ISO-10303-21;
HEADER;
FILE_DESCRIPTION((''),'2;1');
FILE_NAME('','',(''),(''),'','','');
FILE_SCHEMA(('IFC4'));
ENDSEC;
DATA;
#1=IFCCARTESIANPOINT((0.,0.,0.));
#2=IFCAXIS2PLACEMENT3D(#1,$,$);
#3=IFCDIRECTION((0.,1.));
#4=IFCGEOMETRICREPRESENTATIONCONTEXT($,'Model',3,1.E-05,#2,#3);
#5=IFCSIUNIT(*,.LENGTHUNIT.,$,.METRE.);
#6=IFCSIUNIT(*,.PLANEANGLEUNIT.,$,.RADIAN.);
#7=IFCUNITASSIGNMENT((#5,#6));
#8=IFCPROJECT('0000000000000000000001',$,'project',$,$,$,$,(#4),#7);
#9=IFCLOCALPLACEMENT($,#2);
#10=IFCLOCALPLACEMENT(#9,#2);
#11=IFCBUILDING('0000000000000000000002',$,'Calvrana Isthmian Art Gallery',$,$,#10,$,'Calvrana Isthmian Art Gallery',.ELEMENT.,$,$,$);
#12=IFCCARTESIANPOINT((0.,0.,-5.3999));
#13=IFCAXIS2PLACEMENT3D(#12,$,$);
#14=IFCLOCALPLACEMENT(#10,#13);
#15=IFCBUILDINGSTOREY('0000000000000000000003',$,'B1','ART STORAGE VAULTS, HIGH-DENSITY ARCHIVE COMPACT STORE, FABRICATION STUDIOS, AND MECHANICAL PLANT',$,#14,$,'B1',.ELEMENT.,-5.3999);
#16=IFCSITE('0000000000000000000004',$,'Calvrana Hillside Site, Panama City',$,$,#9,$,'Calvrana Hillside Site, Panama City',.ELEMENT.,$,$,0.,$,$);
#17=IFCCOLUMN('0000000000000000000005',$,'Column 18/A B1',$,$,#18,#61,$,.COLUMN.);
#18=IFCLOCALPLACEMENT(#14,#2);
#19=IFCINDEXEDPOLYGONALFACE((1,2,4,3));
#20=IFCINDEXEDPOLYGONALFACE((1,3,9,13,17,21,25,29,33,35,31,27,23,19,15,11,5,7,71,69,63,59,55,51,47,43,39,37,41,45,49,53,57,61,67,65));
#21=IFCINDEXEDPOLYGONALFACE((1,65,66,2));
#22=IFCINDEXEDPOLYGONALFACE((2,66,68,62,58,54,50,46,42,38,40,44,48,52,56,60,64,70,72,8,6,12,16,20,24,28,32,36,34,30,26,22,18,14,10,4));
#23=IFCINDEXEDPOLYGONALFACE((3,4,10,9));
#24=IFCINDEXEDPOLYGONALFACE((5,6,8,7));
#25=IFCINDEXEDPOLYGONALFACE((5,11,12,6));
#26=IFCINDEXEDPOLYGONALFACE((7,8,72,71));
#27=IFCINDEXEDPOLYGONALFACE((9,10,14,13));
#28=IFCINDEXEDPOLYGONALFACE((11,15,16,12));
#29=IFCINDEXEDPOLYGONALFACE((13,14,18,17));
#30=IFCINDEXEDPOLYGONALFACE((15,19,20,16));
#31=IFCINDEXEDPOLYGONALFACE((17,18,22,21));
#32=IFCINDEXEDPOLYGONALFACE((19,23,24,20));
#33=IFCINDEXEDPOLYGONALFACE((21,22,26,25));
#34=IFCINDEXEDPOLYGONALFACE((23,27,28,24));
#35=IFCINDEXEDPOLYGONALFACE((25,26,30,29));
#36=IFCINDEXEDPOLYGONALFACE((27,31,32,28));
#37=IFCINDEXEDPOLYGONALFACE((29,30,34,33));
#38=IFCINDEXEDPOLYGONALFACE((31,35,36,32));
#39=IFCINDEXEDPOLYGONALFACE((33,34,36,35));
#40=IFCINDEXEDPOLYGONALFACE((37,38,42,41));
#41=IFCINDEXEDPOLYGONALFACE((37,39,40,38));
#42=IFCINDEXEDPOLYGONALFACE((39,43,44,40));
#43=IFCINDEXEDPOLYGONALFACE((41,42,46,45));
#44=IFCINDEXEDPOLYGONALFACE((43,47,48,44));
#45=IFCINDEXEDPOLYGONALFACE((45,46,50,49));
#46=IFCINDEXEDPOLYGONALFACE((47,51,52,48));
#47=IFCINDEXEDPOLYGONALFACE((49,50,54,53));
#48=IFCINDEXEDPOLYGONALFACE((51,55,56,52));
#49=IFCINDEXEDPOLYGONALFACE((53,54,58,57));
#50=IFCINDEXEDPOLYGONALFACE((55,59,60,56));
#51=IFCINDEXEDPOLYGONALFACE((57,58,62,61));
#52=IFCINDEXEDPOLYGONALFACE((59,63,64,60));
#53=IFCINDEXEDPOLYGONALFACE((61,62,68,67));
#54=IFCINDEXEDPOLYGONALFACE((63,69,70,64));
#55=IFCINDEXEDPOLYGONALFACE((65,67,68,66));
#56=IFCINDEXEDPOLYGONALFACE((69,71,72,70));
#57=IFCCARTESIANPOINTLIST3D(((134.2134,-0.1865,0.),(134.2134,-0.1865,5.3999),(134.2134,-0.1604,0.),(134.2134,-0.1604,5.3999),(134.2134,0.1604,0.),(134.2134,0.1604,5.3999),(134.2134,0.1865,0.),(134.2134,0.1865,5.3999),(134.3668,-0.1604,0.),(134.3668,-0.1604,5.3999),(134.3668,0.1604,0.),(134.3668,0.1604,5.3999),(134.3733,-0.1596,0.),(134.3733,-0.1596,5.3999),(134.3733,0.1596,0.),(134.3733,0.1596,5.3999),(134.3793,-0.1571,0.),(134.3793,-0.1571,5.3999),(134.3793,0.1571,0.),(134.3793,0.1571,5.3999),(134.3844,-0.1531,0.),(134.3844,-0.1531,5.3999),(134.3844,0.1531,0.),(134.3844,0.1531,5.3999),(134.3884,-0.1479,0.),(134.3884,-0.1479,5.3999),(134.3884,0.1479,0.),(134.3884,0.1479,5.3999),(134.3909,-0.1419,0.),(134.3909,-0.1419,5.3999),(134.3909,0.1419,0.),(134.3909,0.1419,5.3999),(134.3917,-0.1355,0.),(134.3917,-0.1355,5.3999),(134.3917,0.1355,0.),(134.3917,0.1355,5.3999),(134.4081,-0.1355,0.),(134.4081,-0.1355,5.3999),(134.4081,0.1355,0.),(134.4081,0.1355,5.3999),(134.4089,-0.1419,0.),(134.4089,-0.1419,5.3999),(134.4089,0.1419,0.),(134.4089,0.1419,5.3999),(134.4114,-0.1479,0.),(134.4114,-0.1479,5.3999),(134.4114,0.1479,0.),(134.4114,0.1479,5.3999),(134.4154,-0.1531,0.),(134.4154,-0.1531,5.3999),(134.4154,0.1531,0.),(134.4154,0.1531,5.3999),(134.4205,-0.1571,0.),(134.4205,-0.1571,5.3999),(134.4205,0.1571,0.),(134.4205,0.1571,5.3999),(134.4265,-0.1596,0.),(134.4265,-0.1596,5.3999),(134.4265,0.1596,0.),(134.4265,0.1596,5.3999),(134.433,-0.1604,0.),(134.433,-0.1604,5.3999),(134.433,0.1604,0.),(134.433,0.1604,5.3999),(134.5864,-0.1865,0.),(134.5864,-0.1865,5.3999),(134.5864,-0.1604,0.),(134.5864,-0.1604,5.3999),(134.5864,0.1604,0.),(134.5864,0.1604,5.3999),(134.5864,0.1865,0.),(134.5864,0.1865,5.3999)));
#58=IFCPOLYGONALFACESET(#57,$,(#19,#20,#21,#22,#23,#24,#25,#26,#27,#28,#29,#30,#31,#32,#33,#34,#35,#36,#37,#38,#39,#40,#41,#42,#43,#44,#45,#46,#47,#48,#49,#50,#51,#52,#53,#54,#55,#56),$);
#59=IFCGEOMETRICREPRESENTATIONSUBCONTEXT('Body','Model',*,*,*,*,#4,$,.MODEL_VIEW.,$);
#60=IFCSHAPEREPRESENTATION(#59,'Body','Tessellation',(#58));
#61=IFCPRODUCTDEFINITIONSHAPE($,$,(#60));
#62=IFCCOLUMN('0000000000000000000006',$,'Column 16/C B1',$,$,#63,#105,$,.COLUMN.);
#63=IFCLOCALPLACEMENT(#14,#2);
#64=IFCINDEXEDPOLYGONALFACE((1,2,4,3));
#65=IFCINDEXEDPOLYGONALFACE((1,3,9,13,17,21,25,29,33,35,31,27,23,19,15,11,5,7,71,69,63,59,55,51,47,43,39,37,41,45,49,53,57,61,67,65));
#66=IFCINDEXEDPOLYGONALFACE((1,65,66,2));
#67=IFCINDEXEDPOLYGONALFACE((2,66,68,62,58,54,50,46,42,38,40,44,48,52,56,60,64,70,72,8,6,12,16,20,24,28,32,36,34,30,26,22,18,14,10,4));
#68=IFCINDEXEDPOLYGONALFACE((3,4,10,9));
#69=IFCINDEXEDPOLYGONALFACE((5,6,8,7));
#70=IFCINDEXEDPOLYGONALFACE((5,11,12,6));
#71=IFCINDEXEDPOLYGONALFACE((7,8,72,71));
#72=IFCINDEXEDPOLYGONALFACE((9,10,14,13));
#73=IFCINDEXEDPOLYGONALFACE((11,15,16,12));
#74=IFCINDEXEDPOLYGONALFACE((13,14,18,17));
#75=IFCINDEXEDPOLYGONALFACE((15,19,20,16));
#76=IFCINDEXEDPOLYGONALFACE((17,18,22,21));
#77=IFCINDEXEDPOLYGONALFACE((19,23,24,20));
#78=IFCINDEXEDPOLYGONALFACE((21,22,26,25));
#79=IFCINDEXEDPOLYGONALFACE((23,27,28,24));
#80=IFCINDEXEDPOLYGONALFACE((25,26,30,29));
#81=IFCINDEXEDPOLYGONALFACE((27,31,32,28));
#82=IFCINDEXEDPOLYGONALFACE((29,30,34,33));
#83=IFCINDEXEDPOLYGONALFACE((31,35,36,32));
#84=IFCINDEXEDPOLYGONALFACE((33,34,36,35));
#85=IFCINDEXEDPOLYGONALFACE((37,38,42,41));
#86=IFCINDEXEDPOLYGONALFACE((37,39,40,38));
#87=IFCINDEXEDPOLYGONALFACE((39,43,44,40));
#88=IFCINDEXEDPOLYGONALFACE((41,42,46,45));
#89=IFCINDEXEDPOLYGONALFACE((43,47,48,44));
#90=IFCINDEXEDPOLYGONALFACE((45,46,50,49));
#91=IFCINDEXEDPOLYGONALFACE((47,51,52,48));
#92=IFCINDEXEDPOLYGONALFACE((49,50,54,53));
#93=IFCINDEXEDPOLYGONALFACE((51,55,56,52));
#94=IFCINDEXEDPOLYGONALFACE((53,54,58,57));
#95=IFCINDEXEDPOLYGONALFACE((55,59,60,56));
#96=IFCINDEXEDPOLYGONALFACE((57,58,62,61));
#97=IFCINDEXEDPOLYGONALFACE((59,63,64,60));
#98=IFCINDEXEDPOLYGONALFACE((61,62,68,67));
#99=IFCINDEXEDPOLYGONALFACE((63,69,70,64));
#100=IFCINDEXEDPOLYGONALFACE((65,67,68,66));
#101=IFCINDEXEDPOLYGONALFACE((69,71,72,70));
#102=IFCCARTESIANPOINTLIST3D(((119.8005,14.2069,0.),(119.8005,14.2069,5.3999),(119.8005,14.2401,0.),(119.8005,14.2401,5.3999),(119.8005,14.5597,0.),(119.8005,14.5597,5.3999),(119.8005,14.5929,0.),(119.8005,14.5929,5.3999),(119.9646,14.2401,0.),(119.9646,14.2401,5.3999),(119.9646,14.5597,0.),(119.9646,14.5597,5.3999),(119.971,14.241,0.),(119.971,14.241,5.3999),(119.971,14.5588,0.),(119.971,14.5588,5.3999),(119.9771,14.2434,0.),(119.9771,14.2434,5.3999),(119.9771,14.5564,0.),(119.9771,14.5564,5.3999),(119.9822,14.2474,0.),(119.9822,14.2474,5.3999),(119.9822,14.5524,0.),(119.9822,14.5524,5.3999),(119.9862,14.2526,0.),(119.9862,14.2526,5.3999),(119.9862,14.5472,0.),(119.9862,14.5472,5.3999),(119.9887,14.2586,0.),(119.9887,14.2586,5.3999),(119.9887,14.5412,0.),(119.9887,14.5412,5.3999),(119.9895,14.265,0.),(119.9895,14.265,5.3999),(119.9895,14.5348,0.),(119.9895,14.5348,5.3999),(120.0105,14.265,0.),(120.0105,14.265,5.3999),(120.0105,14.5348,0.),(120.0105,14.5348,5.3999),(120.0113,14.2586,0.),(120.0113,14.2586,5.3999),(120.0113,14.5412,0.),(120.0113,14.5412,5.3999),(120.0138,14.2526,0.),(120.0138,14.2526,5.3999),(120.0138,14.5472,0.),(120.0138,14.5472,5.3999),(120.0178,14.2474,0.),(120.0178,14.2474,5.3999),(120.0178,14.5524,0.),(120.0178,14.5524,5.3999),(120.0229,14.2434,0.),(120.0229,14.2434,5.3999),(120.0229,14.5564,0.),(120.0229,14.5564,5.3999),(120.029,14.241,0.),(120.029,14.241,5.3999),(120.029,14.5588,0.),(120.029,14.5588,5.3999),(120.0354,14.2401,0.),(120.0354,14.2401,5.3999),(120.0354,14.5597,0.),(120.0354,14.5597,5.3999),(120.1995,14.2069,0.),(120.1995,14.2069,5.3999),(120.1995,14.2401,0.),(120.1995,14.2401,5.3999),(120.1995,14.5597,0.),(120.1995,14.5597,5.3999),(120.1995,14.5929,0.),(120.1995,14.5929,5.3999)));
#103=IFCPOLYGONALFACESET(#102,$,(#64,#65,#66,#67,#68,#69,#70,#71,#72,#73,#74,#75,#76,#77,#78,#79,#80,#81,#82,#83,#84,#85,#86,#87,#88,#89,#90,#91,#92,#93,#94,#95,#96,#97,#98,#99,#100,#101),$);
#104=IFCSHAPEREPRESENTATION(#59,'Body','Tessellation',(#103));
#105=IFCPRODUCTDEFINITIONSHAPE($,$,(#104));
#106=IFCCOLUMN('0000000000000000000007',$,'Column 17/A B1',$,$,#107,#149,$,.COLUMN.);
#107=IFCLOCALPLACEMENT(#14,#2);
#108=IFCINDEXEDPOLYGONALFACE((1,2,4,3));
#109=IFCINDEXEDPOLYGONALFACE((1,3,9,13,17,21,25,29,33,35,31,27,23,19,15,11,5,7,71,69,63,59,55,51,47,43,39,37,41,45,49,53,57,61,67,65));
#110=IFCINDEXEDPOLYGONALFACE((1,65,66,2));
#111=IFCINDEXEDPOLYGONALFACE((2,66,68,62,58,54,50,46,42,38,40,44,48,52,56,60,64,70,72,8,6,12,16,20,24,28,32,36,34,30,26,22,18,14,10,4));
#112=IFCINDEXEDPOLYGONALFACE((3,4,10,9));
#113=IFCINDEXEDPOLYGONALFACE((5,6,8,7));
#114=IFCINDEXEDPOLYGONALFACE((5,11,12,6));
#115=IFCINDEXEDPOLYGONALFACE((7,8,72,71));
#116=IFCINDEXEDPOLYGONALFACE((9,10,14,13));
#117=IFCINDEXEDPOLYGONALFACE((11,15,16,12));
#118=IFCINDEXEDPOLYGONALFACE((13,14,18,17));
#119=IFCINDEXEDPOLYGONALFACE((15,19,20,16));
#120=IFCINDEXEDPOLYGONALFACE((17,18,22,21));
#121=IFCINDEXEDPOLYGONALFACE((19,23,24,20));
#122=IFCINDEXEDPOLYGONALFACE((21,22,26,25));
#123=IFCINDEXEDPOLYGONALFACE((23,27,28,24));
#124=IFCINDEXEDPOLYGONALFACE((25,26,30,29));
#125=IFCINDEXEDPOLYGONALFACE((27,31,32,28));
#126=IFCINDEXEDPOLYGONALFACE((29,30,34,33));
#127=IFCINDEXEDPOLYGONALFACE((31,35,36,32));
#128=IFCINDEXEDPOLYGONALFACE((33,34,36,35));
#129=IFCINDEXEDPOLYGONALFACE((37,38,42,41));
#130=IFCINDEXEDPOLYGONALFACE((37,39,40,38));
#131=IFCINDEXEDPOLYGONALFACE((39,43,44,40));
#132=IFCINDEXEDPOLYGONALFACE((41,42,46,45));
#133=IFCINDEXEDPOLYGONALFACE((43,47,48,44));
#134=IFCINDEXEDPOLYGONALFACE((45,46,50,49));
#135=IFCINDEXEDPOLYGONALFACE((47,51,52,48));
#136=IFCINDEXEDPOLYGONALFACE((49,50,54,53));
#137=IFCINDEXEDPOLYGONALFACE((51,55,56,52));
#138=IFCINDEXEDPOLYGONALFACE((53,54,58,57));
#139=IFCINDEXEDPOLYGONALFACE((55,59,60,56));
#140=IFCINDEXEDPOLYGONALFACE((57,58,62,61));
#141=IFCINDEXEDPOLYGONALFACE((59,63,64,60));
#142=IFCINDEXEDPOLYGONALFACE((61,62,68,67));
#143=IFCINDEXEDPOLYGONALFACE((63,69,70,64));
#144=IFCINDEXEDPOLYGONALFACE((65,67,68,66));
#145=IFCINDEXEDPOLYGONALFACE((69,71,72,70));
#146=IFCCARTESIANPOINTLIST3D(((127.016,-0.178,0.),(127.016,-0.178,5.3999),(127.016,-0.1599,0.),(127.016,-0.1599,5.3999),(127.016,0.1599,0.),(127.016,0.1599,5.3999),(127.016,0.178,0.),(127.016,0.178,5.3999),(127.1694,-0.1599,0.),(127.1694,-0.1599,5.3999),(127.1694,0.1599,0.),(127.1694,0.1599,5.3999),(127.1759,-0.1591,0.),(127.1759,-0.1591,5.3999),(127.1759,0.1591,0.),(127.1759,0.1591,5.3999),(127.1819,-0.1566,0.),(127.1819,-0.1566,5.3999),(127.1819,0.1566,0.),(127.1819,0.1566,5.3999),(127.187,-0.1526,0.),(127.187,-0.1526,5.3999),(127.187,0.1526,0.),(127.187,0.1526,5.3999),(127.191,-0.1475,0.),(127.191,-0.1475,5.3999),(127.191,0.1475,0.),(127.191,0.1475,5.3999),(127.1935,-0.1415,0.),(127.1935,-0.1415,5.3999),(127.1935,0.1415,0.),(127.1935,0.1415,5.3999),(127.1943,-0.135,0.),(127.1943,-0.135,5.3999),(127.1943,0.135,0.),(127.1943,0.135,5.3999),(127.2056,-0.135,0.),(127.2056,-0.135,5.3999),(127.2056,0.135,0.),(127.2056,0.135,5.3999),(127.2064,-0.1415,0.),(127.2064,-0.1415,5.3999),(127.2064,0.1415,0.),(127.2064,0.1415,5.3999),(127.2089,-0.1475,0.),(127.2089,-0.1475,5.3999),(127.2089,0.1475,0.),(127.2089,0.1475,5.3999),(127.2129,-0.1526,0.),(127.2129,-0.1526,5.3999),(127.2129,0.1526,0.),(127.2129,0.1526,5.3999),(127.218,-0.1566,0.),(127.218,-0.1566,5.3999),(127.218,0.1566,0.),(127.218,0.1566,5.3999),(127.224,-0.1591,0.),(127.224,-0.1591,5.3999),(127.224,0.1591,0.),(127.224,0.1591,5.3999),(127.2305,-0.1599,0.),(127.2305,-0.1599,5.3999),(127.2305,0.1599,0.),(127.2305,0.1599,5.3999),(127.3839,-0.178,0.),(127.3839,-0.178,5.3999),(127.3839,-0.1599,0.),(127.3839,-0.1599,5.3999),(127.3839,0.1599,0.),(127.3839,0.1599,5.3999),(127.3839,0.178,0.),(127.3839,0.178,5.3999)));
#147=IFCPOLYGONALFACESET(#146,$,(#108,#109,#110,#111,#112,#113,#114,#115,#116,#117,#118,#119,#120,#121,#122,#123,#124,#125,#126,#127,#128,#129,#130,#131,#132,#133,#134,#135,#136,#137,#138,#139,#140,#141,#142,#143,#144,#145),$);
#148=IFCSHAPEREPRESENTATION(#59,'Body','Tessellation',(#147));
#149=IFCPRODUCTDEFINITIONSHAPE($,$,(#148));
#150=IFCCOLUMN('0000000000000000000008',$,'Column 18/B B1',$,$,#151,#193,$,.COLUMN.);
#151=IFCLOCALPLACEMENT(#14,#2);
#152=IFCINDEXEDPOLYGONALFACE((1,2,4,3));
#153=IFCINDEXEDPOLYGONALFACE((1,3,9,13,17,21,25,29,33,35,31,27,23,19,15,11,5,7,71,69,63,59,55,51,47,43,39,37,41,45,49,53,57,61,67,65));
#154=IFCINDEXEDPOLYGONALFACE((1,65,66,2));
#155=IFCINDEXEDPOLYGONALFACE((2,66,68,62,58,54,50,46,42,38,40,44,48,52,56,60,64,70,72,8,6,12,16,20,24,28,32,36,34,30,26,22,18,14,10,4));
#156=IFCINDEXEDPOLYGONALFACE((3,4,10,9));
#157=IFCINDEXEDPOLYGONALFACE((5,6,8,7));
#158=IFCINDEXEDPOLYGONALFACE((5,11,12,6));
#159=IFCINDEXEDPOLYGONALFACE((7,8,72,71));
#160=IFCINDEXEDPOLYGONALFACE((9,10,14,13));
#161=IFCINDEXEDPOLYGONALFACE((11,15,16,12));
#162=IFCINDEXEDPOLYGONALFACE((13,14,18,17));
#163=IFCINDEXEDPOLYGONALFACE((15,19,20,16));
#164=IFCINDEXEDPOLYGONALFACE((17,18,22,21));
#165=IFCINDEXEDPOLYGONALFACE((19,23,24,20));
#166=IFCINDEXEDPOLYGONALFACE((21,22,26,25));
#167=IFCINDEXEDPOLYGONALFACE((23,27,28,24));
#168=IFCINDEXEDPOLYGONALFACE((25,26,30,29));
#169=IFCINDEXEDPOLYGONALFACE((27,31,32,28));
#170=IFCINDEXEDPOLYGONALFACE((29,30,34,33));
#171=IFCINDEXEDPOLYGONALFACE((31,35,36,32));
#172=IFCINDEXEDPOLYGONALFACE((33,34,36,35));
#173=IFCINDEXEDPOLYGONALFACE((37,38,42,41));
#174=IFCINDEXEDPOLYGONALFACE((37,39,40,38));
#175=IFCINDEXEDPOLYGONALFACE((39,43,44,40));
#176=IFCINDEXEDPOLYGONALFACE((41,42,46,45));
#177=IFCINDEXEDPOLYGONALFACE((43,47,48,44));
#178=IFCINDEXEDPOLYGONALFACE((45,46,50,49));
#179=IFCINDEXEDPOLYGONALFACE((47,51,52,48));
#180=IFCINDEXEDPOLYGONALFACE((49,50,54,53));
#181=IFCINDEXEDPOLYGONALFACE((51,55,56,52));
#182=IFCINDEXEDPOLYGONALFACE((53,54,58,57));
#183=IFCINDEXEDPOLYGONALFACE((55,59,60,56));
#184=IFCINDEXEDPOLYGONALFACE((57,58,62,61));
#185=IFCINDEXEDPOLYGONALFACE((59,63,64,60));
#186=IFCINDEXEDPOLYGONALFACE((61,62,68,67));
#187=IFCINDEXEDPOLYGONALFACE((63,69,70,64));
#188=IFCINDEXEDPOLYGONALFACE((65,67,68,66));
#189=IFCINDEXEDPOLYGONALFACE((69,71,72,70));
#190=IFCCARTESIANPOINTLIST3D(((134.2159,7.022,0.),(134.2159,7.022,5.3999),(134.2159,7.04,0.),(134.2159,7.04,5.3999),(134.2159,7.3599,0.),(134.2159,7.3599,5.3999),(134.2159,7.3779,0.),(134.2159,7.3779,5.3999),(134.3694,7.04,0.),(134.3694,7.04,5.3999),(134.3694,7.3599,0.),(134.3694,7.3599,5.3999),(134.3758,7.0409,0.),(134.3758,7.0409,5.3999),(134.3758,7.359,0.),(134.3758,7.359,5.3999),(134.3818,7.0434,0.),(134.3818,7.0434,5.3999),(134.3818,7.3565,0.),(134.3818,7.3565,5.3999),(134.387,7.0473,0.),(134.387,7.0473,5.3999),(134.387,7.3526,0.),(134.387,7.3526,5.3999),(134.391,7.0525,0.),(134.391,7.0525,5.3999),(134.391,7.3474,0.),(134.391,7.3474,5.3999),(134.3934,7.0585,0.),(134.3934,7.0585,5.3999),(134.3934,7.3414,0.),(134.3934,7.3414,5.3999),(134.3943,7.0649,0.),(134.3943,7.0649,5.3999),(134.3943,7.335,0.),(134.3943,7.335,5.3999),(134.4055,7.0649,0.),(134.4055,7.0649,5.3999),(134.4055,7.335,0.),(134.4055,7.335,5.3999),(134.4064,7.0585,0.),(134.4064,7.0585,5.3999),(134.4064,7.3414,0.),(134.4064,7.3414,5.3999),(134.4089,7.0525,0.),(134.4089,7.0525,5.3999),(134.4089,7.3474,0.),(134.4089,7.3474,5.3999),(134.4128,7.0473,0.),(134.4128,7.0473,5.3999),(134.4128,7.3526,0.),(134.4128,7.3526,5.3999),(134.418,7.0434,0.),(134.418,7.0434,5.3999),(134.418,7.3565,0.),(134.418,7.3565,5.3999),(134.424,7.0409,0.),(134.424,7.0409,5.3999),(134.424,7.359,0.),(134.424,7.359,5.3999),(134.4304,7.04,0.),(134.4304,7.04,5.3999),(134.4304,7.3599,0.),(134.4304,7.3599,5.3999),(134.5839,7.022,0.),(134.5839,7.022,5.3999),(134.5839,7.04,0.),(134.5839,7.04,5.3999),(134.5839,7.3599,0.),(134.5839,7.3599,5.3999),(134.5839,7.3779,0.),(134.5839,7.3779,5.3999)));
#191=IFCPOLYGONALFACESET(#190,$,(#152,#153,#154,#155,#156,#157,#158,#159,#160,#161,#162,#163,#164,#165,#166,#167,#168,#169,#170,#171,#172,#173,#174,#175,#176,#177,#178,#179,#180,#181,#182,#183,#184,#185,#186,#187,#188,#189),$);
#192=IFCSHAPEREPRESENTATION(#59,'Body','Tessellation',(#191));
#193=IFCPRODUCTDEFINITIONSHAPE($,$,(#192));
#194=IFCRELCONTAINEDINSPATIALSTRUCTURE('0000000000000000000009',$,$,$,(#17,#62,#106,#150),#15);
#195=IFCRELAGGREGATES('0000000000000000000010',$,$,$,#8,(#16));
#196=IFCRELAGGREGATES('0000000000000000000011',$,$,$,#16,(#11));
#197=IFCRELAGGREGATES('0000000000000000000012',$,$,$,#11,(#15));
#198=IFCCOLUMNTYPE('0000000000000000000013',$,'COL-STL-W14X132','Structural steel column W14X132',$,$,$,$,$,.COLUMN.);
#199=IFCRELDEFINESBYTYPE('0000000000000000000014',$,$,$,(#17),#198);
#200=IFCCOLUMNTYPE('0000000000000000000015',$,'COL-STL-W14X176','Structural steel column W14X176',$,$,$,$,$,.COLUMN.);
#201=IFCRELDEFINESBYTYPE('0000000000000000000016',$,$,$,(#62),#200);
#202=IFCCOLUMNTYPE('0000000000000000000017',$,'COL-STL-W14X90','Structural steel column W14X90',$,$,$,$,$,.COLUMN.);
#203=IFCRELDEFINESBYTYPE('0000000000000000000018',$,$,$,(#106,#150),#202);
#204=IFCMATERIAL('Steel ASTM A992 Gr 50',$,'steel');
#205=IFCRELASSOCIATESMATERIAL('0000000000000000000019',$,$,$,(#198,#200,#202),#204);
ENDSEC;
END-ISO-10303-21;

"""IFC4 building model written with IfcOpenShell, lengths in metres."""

from ifc_helpers import new_model, si_unit, direction, frame, origin, origin_2d, place, context, subcontext, project, spatial, i_section, extrude, material, material_profile, profile_set, type_object, element, save


model = new_model("IFC4")

# Units and contexts
model_context = context("Model", 3, precision=1e-05, world=origin(), true_north=direction((0.0, 1.0)))
body_context = subcontext(model_context, "Body", "Model", "MODEL_VIEW")
ifc_project = project(units=[si_unit("LENGTHUNIT", "METRE"), si_unit("PLANEANGLEUNIT", "RADIAN")], contexts=[model_context])

# Site, building, storey
site_placement = place(None, origin())
site = spatial("IfcSite", under=ifc_project, at=site_placement, Name="Calvrana Hillside Site, Panama City", LongName="Calvrana Hillside Site, Panama City", CompositionType="ELEMENT", RefElevation=0.0)
building_placement = place(site_placement, origin())
building = spatial("IfcBuilding", under=site, at=building_placement, Name="Calvrana Isthmian Art Gallery", LongName="Calvrana Isthmian Art Gallery", CompositionType="ELEMENT")
storey_placement = place(building_placement, frame((0.0, 0.0, -5.3999)))
storey = spatial("IfcBuildingStorey", under=building, at=storey_placement, Name="B1", Description="ART STORAGE VAULTS, HIGH-DENSITY ARCHIVE COMPACT STORE, FABRICATION STUDIOS, AND MECHANICAL PLANT", LongName="B1", CompositionType="ELEMENT", Elevation=-5.3999)

# Columns
ifc_material_1 = material(Name="Steel ASTM A992 Gr 50", Category="steel")
ifc_material_profile_1 = material_profile(ifc_material_1, i_section(OverallWidth=0.373, OverallDepth=0.373, WebThickness=0.0164, FlangeThickness=0.0261, FilletRadius=0.0249, at=origin_2d()), Name="W14X132")
ifc_profile_set_1 = profile_set([ifc_material_profile_1], Name="Steel ASTM A992 Gr 50")
column_type_1 = type_object("IfcColumnType", Name="COL-STL-W14X132", Description="Structural steel column W14X132", PredefinedType="COLUMN", material=ifc_profile_set_1)
column_1_placement = place(storey_placement, frame((134.3999, 0.0, 0.0), z_axis=(0.0, 0.0, 1.0), x_axis=(1.0, 0.0, 0.0)))
element("IfcColumn", 1, at=column_1_placement, inside=storey, type_object=column_type_1, Name="Column 18/A B1", PredefinedType="COLUMN", context=body_context, shape_type="SweptSolid", body=[
    extrude(i_section(OverallWidth=0.373, OverallDepth=0.373, WebThickness=0.0164, FlangeThickness=0.0261, FilletRadius=0.0249, at=origin_2d()), origin(), (0.0, 0.0, 1.0), 5.3999),
])
ifc_material_profile_2 = material_profile(ifc_material_1, i_section(OverallWidth=0.3989, OverallDepth=0.386, WebThickness=0.021, FlangeThickness=0.0332, FilletRadius=0.0249, at=origin_2d()), Name="W14X176")
ifc_profile_set_2 = profile_set([ifc_material_profile_2], Name="Steel ASTM A992 Gr 50")
column_type_2 = type_object("IfcColumnType", Name="COL-STL-W14X176", Description="Structural steel column W14X176", PredefinedType="COLUMN", material=ifc_profile_set_2)
column_2_placement = place(storey_placement, frame((120.0, 14.3999, 0.0), z_axis=(0.0, 0.0, 1.0), x_axis=(1.0, 0.0, 0.0)))
element("IfcColumn", 2, at=column_2_placement, inside=storey, type_object=column_type_2, Name="Column 16/C B1", PredefinedType="COLUMN", context=body_context, shape_type="SweptSolid", body=[
    extrude(i_section(OverallWidth=0.3989, OverallDepth=0.386, WebThickness=0.021, FlangeThickness=0.0332, FilletRadius=0.0249, at=origin_2d()), origin(), (0.0, 0.0, 1.0), 5.3999),
])
ifc_material_profile_3 = material_profile(ifc_material_1, i_section(OverallWidth=0.3679, OverallDepth=0.356, WebThickness=0.0112, FlangeThickness=0.0181, FilletRadius=0.0249, at=origin_2d()), Name="W14X90")
ifc_profile_set_3 = profile_set([ifc_material_profile_3], Name="Steel ASTM A992 Gr 50")
column_type_3 = type_object("IfcColumnType", Name="COL-STL-W14X90", Description="Structural steel column W14X90", PredefinedType="COLUMN", material=ifc_profile_set_3)
for number, where, z_axis, x_axis, name in (
    (3, (127.2, 0.0, 0.0), (0.0, 0.0, 1.0), (1.0, 0.0, 0.0), "Column 17/A B1"),
    (4, (134.3999, 7.2, 0.0), (0.0, 0.0, 1.0), (1.0, 0.0, 0.0), "Column 18/B B1"),
):
    element("IfcColumn", number, at=place(storey_placement, frame(where, z_axis=z_axis, x_axis=x_axis)), inside=storey, type_object=column_type_3, Name=name, PredefinedType="COLUMN", context=body_context, shape_type="SweptSolid", body=[
        extrude(i_section(OverallWidth=0.3679, OverallDepth=0.356, WebThickness=0.0112, FlangeThickness=0.0181, FilletRadius=0.0249, at=origin_2d()), origin(), (0.0, 0.0, 1.0), 5.3999),
    ])

save(model, "model.ifc")
